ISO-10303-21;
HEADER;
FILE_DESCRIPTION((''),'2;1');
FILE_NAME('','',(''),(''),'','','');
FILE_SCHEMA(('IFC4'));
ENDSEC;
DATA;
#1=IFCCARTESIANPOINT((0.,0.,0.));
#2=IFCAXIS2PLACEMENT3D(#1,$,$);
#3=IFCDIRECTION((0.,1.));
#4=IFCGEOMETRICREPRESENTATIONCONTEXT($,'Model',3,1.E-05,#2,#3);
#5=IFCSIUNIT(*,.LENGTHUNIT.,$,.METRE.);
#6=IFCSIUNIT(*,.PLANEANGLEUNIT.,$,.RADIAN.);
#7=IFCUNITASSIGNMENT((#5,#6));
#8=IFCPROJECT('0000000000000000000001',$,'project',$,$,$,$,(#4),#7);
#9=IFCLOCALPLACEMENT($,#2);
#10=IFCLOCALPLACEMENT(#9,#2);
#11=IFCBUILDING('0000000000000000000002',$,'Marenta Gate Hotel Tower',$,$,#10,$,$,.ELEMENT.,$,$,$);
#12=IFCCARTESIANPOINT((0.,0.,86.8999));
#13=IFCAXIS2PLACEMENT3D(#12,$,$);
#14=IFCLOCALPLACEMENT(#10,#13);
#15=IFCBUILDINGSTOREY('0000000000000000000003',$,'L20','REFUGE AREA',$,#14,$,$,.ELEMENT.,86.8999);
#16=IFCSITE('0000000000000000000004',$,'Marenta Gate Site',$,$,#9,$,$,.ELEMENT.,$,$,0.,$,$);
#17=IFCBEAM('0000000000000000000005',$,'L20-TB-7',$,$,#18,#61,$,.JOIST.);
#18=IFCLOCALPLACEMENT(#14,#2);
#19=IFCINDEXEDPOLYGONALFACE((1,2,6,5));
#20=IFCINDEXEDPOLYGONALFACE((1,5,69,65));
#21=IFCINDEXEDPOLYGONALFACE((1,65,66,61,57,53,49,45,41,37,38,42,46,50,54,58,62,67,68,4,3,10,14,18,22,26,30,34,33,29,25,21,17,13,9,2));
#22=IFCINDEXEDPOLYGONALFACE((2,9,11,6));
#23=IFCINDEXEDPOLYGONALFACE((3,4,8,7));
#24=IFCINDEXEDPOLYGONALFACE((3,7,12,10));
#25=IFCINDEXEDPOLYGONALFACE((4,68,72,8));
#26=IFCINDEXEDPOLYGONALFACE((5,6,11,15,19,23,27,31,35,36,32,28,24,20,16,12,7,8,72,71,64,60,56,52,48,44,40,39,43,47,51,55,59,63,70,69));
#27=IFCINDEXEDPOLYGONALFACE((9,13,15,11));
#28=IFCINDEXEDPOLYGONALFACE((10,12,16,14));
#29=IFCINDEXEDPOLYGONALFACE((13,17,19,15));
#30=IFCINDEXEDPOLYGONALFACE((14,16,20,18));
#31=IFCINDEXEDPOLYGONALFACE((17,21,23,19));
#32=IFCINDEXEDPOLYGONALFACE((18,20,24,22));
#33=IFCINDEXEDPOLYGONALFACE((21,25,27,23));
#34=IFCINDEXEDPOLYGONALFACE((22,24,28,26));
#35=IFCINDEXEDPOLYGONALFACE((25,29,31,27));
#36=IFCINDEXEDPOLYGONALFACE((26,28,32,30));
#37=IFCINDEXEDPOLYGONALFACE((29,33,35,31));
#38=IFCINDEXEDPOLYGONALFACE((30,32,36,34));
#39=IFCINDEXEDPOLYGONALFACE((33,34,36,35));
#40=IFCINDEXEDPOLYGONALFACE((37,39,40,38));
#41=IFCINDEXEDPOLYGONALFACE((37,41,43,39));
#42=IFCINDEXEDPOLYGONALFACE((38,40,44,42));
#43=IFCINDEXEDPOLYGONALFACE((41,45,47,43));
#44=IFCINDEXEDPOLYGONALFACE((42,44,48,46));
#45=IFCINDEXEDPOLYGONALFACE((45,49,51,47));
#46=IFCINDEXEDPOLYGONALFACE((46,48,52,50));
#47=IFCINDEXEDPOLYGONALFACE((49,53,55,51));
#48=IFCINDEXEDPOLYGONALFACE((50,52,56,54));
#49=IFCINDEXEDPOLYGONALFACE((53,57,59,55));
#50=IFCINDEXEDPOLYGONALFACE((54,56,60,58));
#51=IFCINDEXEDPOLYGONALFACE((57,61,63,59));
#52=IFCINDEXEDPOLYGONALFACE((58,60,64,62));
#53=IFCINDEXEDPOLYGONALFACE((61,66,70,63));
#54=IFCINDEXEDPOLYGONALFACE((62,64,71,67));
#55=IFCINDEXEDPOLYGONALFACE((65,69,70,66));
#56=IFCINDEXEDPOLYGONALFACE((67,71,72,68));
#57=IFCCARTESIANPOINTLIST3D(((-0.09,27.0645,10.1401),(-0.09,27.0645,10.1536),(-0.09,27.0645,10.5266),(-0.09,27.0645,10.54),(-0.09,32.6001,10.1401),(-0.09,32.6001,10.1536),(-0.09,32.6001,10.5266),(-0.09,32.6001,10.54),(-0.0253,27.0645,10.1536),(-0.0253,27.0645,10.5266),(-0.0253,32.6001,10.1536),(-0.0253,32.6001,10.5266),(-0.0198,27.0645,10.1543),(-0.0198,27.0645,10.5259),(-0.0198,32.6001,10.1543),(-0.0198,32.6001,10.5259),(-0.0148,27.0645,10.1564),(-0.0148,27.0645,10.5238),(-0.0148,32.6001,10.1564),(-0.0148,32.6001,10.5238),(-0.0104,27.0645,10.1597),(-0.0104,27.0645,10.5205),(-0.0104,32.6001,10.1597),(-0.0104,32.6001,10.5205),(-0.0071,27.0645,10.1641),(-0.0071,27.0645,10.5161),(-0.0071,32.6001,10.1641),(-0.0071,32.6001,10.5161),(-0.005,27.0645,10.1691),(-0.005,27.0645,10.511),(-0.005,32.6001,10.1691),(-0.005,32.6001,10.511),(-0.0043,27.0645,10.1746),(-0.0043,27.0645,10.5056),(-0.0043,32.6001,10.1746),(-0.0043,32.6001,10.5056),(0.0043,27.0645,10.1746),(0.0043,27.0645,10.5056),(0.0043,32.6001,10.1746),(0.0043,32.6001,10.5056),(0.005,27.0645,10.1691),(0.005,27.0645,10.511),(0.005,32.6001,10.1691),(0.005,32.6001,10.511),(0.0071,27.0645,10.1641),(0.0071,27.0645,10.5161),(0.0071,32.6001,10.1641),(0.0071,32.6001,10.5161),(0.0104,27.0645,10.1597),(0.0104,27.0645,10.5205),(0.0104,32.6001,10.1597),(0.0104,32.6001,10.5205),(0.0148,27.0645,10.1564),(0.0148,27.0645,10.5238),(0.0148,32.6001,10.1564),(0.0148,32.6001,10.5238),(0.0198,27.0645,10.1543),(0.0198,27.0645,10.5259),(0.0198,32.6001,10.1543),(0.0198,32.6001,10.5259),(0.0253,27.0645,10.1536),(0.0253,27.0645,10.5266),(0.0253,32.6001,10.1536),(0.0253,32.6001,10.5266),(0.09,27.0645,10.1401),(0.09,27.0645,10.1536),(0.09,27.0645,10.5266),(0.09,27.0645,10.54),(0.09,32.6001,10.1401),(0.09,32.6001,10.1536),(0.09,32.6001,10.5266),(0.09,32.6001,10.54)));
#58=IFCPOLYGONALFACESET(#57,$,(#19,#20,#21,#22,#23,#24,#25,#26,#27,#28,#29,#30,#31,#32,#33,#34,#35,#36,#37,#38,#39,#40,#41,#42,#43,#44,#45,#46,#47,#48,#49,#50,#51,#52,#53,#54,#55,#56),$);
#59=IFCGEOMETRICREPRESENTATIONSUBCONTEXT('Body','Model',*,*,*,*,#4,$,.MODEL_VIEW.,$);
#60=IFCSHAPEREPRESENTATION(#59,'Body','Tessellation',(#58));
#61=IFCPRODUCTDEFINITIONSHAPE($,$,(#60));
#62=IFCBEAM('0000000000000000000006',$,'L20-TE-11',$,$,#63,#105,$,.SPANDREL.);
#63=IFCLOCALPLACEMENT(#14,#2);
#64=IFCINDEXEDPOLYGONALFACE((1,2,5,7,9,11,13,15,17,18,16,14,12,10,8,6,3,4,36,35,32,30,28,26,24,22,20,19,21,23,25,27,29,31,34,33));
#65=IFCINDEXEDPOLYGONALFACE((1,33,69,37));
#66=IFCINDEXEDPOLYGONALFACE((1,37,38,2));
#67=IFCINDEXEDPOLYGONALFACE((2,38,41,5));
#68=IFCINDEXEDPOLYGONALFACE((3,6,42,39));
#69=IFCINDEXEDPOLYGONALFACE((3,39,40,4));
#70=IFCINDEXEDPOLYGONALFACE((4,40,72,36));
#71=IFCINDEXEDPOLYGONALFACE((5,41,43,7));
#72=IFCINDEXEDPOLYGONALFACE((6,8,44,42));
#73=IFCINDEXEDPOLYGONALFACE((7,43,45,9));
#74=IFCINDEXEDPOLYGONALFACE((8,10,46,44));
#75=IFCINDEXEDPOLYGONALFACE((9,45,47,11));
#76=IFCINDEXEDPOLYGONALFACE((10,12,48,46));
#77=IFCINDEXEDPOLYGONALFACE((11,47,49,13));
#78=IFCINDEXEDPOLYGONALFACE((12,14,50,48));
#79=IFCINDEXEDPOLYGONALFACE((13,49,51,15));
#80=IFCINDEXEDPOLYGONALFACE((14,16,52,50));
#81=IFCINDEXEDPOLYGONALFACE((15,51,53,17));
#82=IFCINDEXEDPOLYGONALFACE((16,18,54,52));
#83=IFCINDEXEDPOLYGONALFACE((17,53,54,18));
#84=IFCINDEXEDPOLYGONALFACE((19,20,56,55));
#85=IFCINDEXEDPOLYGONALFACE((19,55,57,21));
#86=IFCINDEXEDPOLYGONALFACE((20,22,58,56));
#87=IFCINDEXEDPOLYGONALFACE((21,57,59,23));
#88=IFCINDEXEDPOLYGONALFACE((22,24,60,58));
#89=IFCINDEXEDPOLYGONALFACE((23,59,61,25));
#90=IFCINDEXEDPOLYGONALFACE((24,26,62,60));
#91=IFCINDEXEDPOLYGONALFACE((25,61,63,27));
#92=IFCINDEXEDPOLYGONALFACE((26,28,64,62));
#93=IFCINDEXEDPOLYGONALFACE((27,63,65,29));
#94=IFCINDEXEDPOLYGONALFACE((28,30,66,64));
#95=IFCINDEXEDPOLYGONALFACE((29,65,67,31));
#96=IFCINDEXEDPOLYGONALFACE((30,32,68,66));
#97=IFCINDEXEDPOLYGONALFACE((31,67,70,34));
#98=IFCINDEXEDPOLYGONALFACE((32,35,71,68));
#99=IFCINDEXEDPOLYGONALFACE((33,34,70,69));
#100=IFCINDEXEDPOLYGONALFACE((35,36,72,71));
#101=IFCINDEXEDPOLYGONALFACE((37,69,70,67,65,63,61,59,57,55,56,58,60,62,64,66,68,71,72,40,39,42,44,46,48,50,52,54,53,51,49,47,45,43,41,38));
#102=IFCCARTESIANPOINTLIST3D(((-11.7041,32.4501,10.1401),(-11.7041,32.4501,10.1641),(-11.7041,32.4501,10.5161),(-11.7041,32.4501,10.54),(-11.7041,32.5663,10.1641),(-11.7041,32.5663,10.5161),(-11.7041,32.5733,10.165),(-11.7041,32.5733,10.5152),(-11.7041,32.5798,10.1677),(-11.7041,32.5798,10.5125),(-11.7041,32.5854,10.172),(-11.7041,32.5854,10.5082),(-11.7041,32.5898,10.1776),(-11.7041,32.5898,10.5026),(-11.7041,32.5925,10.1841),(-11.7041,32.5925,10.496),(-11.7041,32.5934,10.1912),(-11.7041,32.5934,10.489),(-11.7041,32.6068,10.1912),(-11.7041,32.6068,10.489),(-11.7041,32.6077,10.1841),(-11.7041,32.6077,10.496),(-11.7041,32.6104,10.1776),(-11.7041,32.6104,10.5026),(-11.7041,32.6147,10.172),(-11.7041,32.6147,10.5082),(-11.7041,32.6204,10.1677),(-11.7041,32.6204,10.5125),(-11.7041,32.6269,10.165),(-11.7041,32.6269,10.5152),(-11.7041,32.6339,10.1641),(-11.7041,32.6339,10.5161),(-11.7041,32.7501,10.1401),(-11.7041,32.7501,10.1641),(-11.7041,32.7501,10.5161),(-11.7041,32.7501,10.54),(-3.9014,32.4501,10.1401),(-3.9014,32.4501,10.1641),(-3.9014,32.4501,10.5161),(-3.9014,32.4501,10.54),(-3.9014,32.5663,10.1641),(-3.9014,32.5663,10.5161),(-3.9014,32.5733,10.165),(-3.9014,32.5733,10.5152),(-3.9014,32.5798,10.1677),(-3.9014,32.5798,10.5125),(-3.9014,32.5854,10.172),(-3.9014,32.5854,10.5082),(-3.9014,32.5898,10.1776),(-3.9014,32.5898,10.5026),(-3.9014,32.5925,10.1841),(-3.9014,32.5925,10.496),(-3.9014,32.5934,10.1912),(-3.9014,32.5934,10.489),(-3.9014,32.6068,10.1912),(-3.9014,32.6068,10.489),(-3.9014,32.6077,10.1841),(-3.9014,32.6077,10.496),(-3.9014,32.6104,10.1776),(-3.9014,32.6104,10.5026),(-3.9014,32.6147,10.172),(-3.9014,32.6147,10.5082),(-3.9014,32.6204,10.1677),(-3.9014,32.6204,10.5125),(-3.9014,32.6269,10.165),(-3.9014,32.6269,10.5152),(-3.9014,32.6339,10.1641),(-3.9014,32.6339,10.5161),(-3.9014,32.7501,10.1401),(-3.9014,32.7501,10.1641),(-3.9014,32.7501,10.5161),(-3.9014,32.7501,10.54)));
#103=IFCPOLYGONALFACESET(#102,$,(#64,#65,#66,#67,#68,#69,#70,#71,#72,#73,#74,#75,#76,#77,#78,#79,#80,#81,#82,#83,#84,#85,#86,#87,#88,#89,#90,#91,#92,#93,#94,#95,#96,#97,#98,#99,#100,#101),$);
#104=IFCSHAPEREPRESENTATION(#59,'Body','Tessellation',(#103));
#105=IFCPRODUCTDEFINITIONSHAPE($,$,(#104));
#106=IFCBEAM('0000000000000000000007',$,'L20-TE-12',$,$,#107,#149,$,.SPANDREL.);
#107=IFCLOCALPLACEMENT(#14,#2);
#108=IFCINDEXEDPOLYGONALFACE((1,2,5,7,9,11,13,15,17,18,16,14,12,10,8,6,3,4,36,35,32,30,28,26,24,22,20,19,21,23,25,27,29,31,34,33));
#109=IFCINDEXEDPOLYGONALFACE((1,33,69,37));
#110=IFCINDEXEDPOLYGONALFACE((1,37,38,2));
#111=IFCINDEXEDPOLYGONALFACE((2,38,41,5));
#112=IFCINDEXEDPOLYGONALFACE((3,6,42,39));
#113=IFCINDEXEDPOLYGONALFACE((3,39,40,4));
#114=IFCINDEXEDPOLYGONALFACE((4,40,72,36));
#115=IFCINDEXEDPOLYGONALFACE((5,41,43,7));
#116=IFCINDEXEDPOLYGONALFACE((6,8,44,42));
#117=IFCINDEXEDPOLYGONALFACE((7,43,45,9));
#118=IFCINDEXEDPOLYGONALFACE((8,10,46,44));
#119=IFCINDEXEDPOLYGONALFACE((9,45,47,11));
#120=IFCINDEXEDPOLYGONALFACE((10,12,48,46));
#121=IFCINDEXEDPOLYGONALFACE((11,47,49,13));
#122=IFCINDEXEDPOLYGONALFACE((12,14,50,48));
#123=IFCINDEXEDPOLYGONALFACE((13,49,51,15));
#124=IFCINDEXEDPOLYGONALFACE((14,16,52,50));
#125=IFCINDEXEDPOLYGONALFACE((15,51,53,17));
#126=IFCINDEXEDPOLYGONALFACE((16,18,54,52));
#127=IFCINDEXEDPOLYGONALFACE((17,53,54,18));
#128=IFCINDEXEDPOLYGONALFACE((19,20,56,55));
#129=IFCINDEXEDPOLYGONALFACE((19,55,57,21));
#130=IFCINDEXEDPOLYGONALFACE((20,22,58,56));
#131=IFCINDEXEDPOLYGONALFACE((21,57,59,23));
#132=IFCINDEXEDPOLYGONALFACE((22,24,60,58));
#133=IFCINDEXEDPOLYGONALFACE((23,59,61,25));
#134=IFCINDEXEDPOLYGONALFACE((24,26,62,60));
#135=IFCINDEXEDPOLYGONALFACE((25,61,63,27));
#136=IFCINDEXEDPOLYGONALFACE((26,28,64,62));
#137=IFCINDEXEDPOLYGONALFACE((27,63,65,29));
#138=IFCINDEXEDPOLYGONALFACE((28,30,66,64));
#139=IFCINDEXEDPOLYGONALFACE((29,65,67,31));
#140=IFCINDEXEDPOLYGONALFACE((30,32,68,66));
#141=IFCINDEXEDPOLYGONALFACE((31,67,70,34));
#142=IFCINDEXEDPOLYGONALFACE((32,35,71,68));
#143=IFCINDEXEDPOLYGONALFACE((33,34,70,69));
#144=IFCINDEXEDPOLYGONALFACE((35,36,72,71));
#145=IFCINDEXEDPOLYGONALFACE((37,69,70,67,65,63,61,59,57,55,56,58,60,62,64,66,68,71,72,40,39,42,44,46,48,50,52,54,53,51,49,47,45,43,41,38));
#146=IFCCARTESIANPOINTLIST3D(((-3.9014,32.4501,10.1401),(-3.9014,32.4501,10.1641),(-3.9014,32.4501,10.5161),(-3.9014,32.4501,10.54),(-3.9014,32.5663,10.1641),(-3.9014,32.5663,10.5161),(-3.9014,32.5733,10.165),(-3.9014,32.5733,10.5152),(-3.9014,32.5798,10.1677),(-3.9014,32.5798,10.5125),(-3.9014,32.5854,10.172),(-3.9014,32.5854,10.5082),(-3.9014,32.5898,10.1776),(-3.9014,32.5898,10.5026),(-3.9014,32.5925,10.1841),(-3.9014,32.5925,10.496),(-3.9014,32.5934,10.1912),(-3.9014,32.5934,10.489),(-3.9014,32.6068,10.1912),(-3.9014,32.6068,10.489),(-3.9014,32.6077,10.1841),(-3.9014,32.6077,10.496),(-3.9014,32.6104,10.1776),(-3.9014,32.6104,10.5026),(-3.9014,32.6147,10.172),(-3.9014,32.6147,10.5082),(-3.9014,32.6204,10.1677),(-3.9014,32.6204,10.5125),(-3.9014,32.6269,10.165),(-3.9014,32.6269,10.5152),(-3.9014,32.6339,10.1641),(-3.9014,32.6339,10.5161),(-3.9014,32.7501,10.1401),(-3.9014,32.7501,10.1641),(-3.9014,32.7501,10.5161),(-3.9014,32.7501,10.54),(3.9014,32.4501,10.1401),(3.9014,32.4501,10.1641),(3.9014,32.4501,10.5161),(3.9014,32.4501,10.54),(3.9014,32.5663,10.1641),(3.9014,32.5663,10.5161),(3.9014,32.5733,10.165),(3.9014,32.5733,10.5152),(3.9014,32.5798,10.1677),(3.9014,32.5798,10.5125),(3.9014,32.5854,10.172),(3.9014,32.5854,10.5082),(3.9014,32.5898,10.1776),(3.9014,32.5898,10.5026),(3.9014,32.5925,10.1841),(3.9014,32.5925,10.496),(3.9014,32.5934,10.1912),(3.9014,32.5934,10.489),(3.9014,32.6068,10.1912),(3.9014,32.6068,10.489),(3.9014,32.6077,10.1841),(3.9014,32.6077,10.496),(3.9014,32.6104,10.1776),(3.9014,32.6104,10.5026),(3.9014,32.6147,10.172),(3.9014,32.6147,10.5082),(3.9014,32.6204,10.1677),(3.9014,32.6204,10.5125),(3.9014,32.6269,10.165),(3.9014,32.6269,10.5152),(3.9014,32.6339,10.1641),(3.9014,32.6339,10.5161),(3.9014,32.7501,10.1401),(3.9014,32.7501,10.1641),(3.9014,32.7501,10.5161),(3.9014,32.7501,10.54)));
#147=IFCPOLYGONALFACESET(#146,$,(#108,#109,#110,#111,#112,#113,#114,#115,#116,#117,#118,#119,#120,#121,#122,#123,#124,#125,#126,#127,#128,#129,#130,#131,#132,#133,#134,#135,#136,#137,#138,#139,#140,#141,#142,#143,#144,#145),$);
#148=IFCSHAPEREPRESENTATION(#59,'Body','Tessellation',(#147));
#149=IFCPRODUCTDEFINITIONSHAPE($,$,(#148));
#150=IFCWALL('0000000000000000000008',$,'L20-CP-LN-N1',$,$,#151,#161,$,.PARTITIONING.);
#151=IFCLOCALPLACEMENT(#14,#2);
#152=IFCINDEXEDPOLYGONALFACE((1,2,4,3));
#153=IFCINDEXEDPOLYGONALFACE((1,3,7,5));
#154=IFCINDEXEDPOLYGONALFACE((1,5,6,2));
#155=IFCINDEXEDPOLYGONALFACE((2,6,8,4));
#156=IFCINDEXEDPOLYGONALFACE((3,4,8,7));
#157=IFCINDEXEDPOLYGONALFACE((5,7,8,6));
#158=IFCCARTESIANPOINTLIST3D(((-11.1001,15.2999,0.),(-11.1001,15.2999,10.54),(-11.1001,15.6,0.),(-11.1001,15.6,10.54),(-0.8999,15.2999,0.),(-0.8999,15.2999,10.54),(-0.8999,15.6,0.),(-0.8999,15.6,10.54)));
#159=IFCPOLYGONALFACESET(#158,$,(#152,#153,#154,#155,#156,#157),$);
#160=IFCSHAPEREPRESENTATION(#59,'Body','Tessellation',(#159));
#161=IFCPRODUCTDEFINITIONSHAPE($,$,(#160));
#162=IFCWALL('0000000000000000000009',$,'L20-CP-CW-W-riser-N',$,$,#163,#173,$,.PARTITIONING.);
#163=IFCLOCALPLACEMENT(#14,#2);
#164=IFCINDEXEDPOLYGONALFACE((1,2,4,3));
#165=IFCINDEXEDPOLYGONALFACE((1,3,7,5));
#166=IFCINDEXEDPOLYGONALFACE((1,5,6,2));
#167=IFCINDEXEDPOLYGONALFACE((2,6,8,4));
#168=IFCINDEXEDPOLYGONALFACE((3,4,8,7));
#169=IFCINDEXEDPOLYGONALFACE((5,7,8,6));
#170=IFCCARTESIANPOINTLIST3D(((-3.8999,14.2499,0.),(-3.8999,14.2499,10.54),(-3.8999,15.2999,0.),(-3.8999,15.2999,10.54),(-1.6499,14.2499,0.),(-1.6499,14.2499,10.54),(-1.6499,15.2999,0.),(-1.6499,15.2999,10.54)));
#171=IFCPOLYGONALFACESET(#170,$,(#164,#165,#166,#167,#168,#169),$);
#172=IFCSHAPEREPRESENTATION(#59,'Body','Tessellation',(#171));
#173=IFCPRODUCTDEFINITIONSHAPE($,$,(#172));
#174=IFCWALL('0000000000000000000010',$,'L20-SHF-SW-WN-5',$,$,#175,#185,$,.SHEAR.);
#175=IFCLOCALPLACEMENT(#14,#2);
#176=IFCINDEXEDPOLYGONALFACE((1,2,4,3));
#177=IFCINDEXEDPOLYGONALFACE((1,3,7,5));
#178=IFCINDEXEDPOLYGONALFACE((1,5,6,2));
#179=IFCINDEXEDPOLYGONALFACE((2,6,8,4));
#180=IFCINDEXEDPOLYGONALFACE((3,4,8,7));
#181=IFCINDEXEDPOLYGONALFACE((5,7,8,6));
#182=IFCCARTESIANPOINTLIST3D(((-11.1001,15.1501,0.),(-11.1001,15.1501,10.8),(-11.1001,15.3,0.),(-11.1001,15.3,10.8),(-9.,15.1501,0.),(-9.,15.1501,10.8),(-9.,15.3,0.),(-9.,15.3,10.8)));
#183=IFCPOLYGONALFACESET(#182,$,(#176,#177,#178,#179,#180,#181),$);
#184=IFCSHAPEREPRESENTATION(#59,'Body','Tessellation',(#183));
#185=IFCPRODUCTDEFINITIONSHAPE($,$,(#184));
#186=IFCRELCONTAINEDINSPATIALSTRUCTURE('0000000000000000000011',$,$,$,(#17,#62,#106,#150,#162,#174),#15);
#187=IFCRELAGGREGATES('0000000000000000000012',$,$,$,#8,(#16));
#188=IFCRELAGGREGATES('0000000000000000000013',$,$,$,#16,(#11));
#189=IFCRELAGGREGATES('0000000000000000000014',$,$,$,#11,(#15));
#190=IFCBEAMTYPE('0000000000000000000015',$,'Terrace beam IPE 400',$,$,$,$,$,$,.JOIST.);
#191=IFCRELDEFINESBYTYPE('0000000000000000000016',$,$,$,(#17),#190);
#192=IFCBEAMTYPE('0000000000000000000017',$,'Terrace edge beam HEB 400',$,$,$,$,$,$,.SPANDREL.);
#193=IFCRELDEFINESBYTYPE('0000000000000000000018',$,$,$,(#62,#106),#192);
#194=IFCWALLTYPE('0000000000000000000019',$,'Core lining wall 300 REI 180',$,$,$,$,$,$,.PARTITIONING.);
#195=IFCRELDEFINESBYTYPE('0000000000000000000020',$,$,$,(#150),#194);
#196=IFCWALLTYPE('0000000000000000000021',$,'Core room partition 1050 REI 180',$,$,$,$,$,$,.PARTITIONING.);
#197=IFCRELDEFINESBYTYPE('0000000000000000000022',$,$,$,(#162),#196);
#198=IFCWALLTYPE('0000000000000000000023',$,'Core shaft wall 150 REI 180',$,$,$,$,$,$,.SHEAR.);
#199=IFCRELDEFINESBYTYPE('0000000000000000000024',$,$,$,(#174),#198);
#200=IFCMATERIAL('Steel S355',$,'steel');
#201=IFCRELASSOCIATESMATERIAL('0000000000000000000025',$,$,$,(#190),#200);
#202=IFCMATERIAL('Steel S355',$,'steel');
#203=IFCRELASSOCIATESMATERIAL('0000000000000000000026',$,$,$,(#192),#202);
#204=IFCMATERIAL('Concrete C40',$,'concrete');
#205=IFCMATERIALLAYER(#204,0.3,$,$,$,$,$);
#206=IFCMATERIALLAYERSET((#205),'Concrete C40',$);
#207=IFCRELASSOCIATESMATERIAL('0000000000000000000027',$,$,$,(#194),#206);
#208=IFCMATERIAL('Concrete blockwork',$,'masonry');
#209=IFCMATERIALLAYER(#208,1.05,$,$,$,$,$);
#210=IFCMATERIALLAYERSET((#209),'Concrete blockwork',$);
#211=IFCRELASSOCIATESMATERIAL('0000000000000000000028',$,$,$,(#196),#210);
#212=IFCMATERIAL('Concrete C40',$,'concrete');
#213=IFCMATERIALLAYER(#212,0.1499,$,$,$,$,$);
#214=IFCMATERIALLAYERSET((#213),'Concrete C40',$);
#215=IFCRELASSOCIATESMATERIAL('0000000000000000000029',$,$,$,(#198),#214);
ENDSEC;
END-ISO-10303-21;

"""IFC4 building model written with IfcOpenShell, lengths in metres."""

from ifc_helpers import new_model, si_unit, direction, frame, frame_2d, origin, origin_2d, place, context, subcontext, project, spatial, rectangle, i_section, extrude, material, layer, layer_set, material_profile, profile_set, type_object, element, save


model = new_model("IFC4")

# Units and contexts
model_context = context("Model", 3, precision=1e-05, world=origin(), true_north=direction((0.0, 1.0)))
body_context = subcontext(model_context, "Body", "Model", "MODEL_VIEW")
ifc_project = project(units=[si_unit("LENGTHUNIT", "METRE"), si_unit("PLANEANGLEUNIT", "RADIAN")], contexts=[model_context])

# Site, building, storey
site_placement = place(None, origin())
site = spatial("IfcSite", under=ifc_project, at=site_placement, Name="Marenta Gate Site", CompositionType="ELEMENT", RefElevation=0.0)
building_placement = place(site_placement, origin())
building = spatial("IfcBuilding", under=site, at=building_placement, Name="Marenta Gate Hotel Tower", CompositionType="ELEMENT")
storey_placement = place(building_placement, frame((0.0, 0.0, 86.8999)))
storey = spatial("IfcBuildingStorey", under=building, at=storey_placement, Name="L20", Description="REFUGE AREA", CompositionType="ELEMENT", Elevation=86.8999)

# Beams
ifc_material_1 = material(Name="Steel S355", Category="steel")
ifc_material_profile_1 = material_profile(ifc_material_1, i_section(OverallWidth=0.1799, OverallDepth=0.3999, WebThickness=0.0085, FlangeThickness=0.0134, FilletRadius=0.021, at=origin_2d()), Name="IPE 400")
ifc_profile_set_1 = profile_set([ifc_material_profile_1], Name="Steel S355")
beam_type_1 = type_object("IfcBeamType", Name="Terrace beam IPE 400", PredefinedType="JOIST", material=ifc_profile_set_1)
beam_1_placement = place(storey_placement, frame((0.0, 27.0645, 10.3401), z_axis=(0.0, 1.0, 0.0), x_axis=(-1.0, 0.0, 0.0)))
element("IfcBeam", 1, at=beam_1_placement, inside=storey, type_object=beam_type_1, Name="L20-TB-7", PredefinedType="JOIST", context=body_context, shape_type="SweptSolid", body=[
    extrude(i_section(OverallWidth=0.1799, OverallDepth=0.3999, WebThickness=0.0085, FlangeThickness=0.0134, FilletRadius=0.021, at=origin_2d()), origin(), (0.0, 0.0, 1.0), 5.5356),
])
ifc_material_2 = material(Name="Steel S355", Category="steel")
ifc_material_profile_2 = material_profile(ifc_material_2, i_section(OverallWidth=0.3, OverallDepth=0.3999, WebThickness=0.0134, FlangeThickness=0.0239, FilletRadius=0.0271, at=origin_2d()), Name="HEB 400")
ifc_profile_set_2 = profile_set([ifc_material_profile_2], Name="Steel S355")
beam_type_2 = type_object("IfcBeamType", Name="Terrace edge beam HEB 400", PredefinedType="SPANDREL", material=ifc_profile_set_2)
for number, where, z_axis, x_axis, name in (
    (2, (-11.7041, 32.6001, 10.3401), (1.0, 0.0, 0.0), (0.0, 1.0, 0.0), "L20-TE-11"),
    (3, (-3.9014, 32.6001, 10.3401), (1.0, 0.0, 0.0), (0.0, 1.0, 0.0), "L20-TE-12"),
):
    element("IfcBeam", number, at=place(storey_placement, frame(where, z_axis=z_axis, x_axis=x_axis)), inside=storey, type_object=beam_type_2, Name=name, PredefinedType="SPANDREL", context=body_context, shape_type="SweptSolid", body=[
        extrude(i_section(OverallWidth=0.3, OverallDepth=0.3999, WebThickness=0.0134, FlangeThickness=0.0239, FilletRadius=0.0271, at=origin_2d()), origin(), (0.0, 0.0, 1.0), 7.8027),
    ])

# Walls
ifc_material_3 = material(Name="Concrete C40", Category="concrete")
ifc_layer_1 = layer(ifc_material_3, 0.3)
ifc_layer_set_1 = layer_set([ifc_layer_1], Name="Concrete C40")
wall_type_1 = type_object("IfcWallType", Name="Core lining wall 300 REI 180", PredefinedType="PARTITIONING", material=ifc_layer_set_1)
wall_1_placement = place(storey_placement, frame((-11.1001, 15.45, 0.0), z_axis=(0.0, 0.0, 1.0), x_axis=(1.0, 0.0, 0.0)))
element("IfcWall", 4, at=wall_1_placement, inside=storey, type_object=wall_type_1, Name="L20-CP-LN-N1", PredefinedType="PARTITIONING", context=body_context, shape_type="SweptSolid", body=[
    extrude(rectangle(XDim=10.2002, YDim=0.3, at=frame_2d((5.1001, 0.0))), origin(), (0.0, 0.0, 1.0), 10.54),
])
ifc_material_4 = material(Name="Concrete blockwork", Category="masonry")
ifc_layer_2 = layer(ifc_material_4, 1.05)
ifc_layer_set_2 = layer_set([ifc_layer_2], Name="Concrete blockwork")
wall_type_2 = type_object("IfcWallType", Name="Core room partition 1050 REI 180", PredefinedType="PARTITIONING", material=ifc_layer_set_2)
wall_2_placement = place(storey_placement, frame((-3.8999, 14.7749, 0.0), z_axis=(0.0, 0.0, 1.0), x_axis=(1.0, 0.0, 0.0)))
element("IfcWall", 5, at=wall_2_placement, inside=storey, type_object=wall_type_2, Name="L20-CP-CW-W-riser-N", PredefinedType="PARTITIONING", context=body_context, shape_type="SweptSolid", body=[
    extrude(rectangle(XDim=2.25, YDim=1.05, at=frame_2d((1.125, 0.0))), origin(), (0.0, 0.0, 1.0), 10.54),
])
ifc_material_5 = material(Name="Concrete C40", Category="concrete")
ifc_layer_3 = layer(ifc_material_5, 0.1499)
ifc_layer_set_3 = layer_set([ifc_layer_3], Name="Concrete C40")
wall_type_3 = type_object("IfcWallType", Name="Core shaft wall 150 REI 180", PredefinedType="SHEAR", material=ifc_layer_set_3)
wall_3_placement = place(storey_placement, frame((-11.1001, 15.2251, 0.0), z_axis=(0.0, 0.0, 1.0), x_axis=(1.0, 0.0, 0.0)))
element("IfcWall", 6, at=wall_3_placement, inside=storey, type_object=wall_type_3, Name="L20-SHF-SW-WN-5", PredefinedType="SHEAR", context=body_context, shape_type="SweptSolid", body=[
    extrude(rectangle(XDim=2.1001, YDim=0.1499, at=frame_2d((1.05, 0.0))), origin(), (0.0, 0.0, 1.0), 10.8),
])

save(model, "model.ifc")
